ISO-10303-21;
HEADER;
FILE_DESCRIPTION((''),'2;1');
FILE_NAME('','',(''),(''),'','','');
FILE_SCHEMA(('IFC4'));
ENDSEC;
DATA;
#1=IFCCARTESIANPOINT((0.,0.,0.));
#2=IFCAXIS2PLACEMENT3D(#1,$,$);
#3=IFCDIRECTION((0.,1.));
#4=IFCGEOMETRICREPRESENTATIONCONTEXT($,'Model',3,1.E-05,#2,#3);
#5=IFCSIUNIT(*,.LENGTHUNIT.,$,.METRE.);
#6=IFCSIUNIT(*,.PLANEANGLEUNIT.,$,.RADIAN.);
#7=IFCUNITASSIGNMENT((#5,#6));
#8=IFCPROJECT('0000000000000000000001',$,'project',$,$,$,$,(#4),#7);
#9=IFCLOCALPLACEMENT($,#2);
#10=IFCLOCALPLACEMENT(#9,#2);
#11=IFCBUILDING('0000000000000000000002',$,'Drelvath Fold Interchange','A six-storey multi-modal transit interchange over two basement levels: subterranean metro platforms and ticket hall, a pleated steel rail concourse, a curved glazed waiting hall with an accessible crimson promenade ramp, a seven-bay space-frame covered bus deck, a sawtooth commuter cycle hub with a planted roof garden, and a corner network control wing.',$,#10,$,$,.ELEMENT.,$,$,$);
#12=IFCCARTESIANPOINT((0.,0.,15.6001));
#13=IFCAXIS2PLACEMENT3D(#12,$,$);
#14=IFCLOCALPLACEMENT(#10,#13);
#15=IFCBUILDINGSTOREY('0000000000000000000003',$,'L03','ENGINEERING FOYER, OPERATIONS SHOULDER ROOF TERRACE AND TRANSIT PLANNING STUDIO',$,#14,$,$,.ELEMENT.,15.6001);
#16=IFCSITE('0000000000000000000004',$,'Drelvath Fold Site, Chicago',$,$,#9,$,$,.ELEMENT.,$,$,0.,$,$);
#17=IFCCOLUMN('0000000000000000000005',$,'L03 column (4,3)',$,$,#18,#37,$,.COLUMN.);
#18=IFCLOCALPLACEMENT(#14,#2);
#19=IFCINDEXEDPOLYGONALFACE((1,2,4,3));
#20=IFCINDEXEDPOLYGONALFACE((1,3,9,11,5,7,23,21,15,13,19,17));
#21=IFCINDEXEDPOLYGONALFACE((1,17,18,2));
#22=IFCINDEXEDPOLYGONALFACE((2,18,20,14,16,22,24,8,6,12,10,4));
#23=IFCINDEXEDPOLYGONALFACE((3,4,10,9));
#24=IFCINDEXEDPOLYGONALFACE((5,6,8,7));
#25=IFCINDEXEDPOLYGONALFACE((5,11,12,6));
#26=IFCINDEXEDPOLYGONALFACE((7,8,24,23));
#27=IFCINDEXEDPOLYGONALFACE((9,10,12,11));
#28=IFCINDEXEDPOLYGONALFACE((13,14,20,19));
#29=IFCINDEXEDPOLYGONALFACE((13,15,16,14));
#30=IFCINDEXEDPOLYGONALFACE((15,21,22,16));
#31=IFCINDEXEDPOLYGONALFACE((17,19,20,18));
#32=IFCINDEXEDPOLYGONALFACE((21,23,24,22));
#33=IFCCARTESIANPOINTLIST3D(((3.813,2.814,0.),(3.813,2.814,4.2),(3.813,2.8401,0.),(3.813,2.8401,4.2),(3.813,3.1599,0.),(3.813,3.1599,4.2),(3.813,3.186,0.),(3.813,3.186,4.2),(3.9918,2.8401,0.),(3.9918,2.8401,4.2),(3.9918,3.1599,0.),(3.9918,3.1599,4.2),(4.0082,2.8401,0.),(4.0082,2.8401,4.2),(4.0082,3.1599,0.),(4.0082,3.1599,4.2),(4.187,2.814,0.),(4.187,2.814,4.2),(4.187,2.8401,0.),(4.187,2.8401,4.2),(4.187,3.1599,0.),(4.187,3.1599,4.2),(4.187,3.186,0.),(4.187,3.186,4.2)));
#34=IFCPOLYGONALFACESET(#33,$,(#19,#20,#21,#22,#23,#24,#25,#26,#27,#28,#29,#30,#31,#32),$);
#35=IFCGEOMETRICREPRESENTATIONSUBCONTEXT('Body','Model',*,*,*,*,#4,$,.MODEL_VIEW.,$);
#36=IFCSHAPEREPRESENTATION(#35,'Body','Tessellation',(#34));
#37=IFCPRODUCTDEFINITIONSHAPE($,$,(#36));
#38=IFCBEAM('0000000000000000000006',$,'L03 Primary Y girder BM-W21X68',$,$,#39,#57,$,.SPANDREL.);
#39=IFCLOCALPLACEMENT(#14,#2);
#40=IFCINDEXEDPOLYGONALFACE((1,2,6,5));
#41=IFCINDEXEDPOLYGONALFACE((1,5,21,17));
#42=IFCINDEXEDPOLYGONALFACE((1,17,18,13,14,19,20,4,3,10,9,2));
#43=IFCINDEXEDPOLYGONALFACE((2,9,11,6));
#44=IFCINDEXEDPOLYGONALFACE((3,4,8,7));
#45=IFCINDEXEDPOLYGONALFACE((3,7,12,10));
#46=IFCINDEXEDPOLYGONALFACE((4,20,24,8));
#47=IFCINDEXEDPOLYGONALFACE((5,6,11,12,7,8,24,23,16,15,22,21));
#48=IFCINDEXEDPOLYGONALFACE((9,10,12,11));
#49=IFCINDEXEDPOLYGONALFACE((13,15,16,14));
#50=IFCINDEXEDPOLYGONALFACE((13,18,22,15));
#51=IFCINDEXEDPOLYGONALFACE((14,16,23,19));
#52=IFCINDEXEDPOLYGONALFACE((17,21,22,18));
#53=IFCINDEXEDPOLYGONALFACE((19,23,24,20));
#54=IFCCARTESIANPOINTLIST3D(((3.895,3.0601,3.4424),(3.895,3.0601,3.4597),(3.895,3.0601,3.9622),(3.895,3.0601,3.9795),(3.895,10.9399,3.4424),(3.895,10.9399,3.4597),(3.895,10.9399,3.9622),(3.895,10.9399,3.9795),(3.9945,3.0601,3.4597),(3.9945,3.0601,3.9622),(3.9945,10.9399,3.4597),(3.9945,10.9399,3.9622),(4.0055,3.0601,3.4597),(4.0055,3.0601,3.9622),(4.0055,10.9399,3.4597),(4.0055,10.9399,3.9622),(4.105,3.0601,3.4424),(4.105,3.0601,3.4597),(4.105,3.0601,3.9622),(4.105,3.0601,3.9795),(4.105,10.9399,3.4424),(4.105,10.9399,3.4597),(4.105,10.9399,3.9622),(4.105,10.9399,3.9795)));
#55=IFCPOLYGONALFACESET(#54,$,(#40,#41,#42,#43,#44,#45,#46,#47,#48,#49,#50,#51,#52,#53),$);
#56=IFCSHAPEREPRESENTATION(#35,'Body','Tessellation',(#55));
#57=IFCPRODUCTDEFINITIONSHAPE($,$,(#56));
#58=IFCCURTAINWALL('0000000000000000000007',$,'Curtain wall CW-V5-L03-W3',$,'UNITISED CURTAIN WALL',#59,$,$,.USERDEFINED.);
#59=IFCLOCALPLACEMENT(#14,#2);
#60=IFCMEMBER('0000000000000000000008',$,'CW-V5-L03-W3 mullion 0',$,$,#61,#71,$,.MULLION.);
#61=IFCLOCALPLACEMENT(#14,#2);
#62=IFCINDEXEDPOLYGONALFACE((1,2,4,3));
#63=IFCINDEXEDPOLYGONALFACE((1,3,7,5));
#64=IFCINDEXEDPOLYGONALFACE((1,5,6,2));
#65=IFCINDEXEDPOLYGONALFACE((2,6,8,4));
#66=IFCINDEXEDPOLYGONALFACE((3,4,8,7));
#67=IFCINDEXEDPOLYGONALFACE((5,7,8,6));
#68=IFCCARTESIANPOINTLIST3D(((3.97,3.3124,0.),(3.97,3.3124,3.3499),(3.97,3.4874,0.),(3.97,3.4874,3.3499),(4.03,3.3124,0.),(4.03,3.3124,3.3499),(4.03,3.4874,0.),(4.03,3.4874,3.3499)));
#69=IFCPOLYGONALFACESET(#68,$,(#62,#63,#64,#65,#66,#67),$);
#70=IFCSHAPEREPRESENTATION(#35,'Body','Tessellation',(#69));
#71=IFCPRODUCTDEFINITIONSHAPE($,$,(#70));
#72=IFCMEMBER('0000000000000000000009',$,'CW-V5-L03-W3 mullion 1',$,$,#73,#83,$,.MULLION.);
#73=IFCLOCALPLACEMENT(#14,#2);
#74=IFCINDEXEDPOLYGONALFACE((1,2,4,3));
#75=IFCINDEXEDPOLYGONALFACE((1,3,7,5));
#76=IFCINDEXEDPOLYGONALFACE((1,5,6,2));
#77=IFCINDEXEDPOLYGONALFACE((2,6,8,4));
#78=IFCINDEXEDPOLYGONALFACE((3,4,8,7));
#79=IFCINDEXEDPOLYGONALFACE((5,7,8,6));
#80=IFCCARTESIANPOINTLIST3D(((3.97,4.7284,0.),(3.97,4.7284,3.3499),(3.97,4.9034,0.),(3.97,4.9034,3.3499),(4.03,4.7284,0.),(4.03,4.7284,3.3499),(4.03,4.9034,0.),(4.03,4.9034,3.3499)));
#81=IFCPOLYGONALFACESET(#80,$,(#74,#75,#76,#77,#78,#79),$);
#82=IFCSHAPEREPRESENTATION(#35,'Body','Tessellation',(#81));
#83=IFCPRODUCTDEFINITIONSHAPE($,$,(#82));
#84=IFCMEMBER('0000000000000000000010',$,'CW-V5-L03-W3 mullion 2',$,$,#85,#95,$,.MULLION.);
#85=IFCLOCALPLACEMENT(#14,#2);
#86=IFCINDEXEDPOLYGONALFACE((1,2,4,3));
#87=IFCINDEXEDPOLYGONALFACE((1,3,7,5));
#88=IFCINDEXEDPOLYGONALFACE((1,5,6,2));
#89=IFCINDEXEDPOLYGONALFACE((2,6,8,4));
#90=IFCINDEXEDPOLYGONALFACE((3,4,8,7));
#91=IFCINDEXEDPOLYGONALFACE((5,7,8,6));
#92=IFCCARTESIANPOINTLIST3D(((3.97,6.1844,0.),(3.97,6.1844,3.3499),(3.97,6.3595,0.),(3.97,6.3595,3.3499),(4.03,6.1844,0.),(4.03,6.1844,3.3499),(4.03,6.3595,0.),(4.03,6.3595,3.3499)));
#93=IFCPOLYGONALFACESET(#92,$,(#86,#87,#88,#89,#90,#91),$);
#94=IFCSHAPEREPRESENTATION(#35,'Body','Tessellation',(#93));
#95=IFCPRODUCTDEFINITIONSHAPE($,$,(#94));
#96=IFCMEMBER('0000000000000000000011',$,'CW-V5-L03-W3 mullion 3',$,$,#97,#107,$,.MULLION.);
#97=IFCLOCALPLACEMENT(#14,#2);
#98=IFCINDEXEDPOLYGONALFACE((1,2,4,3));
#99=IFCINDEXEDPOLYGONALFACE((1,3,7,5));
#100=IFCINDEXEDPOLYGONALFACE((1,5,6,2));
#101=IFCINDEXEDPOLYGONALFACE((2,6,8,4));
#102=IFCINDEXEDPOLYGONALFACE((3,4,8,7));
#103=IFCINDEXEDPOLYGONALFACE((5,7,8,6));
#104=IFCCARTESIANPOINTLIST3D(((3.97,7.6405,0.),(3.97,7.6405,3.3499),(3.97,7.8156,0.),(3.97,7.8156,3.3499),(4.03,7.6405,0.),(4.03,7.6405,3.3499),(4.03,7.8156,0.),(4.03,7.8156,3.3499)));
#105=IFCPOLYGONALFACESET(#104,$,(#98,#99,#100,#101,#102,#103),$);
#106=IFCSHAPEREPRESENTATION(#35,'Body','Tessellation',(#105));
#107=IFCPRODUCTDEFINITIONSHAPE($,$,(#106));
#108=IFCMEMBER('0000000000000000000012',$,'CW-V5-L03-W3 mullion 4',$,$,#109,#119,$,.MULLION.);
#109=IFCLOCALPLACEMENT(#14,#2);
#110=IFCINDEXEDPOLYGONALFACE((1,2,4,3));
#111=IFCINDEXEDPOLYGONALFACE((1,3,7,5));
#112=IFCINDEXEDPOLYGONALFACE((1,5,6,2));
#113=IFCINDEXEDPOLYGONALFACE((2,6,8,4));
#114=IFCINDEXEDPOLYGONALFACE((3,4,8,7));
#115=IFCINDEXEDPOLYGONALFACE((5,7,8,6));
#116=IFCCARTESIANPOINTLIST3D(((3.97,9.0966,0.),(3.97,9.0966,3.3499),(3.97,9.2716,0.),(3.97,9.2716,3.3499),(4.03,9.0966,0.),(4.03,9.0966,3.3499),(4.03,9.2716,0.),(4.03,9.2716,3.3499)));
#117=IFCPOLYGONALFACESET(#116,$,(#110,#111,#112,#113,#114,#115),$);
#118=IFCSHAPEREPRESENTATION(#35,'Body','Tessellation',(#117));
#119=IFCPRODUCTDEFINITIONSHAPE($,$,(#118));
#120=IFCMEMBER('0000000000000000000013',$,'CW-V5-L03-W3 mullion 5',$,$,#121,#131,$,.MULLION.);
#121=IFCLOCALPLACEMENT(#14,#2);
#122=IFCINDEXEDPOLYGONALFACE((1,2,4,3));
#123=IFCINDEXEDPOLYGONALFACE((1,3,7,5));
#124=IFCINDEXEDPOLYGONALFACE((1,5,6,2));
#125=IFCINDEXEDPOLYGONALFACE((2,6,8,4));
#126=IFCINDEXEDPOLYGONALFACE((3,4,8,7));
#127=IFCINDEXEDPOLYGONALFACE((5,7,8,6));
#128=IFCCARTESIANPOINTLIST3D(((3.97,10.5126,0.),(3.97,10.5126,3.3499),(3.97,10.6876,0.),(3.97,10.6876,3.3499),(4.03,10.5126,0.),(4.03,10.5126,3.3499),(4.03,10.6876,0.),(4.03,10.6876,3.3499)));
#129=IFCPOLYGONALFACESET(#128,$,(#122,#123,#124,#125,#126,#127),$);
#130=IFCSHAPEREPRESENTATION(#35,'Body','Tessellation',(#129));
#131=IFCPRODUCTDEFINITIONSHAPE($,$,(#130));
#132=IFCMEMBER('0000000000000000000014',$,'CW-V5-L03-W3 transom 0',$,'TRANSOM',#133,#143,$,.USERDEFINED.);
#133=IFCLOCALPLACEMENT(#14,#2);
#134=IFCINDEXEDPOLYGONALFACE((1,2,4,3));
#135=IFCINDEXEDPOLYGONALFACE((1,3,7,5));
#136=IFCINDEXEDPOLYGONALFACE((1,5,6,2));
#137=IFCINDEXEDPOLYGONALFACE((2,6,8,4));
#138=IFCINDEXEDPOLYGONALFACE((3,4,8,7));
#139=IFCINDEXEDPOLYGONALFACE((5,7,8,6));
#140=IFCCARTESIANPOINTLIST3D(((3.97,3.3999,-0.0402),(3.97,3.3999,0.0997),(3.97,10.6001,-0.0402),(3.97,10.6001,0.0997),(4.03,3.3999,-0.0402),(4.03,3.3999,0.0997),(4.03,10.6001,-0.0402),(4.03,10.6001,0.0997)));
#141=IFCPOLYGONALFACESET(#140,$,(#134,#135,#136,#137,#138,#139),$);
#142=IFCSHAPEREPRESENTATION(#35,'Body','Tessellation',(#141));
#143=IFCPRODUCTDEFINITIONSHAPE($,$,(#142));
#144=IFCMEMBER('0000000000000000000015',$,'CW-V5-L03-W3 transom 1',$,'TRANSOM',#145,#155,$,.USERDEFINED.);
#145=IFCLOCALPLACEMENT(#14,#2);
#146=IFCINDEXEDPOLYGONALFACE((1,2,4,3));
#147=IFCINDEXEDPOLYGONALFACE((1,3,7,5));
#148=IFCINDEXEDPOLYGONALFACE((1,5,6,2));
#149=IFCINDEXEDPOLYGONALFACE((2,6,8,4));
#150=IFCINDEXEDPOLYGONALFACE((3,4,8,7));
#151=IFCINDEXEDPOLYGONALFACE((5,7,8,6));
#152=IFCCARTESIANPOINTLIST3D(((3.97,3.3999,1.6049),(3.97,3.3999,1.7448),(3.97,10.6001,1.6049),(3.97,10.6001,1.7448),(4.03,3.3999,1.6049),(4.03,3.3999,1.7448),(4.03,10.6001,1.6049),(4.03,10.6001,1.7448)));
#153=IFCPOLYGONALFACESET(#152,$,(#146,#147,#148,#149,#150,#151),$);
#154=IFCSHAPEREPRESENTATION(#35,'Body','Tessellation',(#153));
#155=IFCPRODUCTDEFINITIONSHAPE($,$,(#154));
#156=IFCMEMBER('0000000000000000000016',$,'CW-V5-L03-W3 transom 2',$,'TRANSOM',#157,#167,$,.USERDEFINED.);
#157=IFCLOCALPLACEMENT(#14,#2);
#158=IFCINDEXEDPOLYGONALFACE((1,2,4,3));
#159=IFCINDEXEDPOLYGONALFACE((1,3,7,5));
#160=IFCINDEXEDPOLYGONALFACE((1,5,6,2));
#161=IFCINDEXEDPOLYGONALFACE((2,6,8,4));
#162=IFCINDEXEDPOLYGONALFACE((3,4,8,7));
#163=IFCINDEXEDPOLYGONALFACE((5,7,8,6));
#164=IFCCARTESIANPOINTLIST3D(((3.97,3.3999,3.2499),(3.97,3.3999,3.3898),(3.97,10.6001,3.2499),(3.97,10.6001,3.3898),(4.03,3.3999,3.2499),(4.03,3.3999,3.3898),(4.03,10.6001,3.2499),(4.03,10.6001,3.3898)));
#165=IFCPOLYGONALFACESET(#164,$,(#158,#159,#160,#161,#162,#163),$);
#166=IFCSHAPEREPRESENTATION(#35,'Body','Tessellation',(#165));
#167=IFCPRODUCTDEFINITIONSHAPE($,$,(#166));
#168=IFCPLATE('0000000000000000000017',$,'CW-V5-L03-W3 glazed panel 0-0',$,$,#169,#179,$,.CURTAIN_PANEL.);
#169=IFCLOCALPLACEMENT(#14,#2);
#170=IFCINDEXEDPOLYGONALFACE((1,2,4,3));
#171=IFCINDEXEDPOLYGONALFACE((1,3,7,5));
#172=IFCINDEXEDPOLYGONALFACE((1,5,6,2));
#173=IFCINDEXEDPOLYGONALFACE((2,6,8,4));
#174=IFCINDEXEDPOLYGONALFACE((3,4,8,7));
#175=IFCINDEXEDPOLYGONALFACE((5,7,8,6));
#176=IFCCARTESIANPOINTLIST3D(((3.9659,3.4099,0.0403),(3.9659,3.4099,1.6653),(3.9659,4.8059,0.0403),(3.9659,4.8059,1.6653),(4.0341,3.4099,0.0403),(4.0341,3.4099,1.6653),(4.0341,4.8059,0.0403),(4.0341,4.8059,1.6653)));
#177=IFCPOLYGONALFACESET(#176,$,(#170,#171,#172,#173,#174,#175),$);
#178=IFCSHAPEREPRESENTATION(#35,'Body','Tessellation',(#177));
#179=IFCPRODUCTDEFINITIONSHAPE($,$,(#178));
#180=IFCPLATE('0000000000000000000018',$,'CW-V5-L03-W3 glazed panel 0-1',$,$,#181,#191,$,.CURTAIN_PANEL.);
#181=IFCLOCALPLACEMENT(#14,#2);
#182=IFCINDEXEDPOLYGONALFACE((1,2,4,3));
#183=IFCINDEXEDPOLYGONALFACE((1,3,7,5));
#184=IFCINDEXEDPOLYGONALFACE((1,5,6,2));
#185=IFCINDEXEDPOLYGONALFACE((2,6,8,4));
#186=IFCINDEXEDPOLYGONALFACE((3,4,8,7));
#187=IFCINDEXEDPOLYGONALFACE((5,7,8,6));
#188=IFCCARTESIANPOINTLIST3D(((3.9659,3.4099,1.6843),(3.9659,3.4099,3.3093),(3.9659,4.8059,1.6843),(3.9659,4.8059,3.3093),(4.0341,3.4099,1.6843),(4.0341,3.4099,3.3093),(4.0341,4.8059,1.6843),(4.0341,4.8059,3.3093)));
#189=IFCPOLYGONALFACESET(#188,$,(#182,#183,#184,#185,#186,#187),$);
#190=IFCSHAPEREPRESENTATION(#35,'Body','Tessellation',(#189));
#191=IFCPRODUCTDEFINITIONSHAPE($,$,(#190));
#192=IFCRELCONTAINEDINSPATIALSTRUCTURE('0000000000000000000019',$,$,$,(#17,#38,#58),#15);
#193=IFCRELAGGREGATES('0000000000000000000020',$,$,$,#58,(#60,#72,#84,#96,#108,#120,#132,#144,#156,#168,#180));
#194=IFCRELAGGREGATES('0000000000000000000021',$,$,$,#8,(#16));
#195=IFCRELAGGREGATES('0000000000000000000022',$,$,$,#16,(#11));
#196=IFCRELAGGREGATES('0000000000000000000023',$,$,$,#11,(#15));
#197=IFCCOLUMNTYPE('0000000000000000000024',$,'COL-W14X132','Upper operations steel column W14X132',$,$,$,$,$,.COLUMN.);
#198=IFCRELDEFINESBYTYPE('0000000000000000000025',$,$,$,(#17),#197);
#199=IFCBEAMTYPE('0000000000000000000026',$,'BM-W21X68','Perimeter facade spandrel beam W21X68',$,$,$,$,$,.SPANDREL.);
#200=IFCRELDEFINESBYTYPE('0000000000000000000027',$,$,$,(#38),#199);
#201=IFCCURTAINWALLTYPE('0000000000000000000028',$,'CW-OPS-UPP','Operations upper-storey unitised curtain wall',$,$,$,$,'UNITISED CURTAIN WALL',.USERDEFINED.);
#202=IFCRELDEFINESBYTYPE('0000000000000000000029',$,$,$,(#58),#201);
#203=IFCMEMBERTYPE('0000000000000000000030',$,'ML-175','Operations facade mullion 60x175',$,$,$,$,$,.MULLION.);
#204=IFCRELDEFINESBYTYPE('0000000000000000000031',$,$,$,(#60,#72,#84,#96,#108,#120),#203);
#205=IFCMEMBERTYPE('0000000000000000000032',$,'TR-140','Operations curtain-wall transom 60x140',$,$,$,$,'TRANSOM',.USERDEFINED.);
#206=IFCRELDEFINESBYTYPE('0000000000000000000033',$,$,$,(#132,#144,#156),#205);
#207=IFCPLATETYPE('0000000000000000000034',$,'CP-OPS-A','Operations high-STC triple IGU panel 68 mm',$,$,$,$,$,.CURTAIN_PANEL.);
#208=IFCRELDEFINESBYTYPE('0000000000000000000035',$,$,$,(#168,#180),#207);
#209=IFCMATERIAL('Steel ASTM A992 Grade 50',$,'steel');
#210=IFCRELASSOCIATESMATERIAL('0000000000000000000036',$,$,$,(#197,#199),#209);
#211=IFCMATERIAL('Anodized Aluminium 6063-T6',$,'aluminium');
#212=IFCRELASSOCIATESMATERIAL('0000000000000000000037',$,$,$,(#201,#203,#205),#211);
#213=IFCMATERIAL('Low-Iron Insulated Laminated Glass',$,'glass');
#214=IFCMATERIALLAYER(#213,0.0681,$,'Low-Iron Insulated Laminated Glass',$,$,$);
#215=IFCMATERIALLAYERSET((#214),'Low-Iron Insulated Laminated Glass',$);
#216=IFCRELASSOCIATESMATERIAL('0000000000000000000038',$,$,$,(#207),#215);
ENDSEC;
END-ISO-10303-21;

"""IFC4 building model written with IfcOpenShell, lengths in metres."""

from ifc_helpers import new_model, si_unit, direction, frame, origin, origin_2d, place, context, subcontext, project, spatial, rectangle, i_section, extrude, material, layer, layer_set, material_profile, profile_set, type_object, element, aggregate, save


model = new_model("IFC4")

# Units and contexts
model_context = context("Model", 3, precision=1e-05, world=origin(), true_north=direction((0.0, 1.0)))
body_context = subcontext(model_context, "Body", "Model", "MODEL_VIEW")
ifc_project = project(units=[si_unit("LENGTHUNIT", "METRE"), si_unit("PLANEANGLEUNIT", "RADIAN")], contexts=[model_context])

# Site, building, storey
site_placement = place(None, origin())
site = spatial("IfcSite", under=ifc_project, at=site_placement, Name="Drelvath Fold Site, Chicago", CompositionType="ELEMENT", RefElevation=0.0)
building_placement = place(site_placement, origin())
building = spatial("IfcBuilding", under=site, at=building_placement, Name="Drelvath Fold Interchange", Description="A six-storey multi-modal transit interchange over two basement levels: subterranean metro platforms and ticket hall, a pleated steel rail concourse, a curved glazed waiting hall with an accessible crimson promenade ramp, a seven-bay space-frame covered bus deck, a sawtooth commuter cycle hub with a planted roof garden, and a corner network control wing.", CompositionType="ELEMENT")
storey_placement = place(building_placement, frame((0.0, 0.0, 15.6001)))
storey = spatial("IfcBuildingStorey", under=building, at=storey_placement, Name="L03", Description="ENGINEERING FOYER, OPERATIONS SHOULDER ROOF TERRACE AND TRANSIT PLANNING STUDIO", CompositionType="ELEMENT", Elevation=15.6001)

# Column
ifc_material_1 = material(Name="Steel ASTM A992 Grade 50", Category="steel")
ifc_material_profile_1 = material_profile(ifc_material_1, i_section(OverallWidth=0.374, OverallDepth=0.3721, WebThickness=0.0164, FlangeThickness=0.0261, at=origin_2d()), Name="W14X132")
ifc_profile_set_1 = profile_set([ifc_material_profile_1], Name="Steel ASTM A992 Grade 50")
column_type = type_object("IfcColumnType", Name="COL-W14X132", Description="Upper operations steel column W14X132", PredefinedType="COLUMN", material=ifc_profile_set_1)
column_placement = place(storey_placement, frame((4.0, 3.0, 0.0), z_axis=(0.0, 0.0, 1.0), x_axis=(1.0, 0.0, 0.0)))
element("IfcColumn", 1, at=column_placement, inside=storey, type_object=column_type, Name="L03 column (4,3)", PredefinedType="COLUMN", context=body_context, shape_type="SweptSolid", body=[
    extrude(i_section(OverallWidth=0.374, OverallDepth=0.3721, WebThickness=0.0164, FlangeThickness=0.0261, at=origin_2d()), origin(), (0.0, 0.0, 1.0), 4.2),
])

# Beam
ifc_material_profile_2 = material_profile(ifc_material_1, i_section(OverallWidth=0.21, OverallDepth=0.5371, WebThickness=0.011, FlangeThickness=0.0173, at=origin_2d()), Name="W21X68")
ifc_profile_set_2 = profile_set([ifc_material_profile_2], Name="Steel ASTM A992 Grade 50")
beam_type = type_object("IfcBeamType", Name="BM-W21X68", Description="Perimeter facade spandrel beam W21X68", PredefinedType="SPANDREL", material=ifc_profile_set_2)
beam_placement = place(storey_placement, frame((4.0, 3.0601, 3.7109), z_axis=(0.0, 1.0, 0.0), x_axis=(-1.0, 0.0, 0.0)))
element("IfcBeam", 2, at=beam_placement, inside=storey, type_object=beam_type, Name="L03 Primary Y girder BM-W21X68", PredefinedType="SPANDREL", context=body_context, shape_type="SweptSolid", body=[
    extrude(i_section(OverallWidth=0.21, OverallDepth=0.5371, WebThickness=0.011, FlangeThickness=0.0173, at=origin_2d()), origin(), (0.0, 0.0, 1.0), 7.8799),
])

# Curtain wall, members, plates
ifc_material_2 = material(Name="Anodized Aluminium 6063-T6", Category="aluminium")
curtain_wall_type = type_object("IfcCurtainWallType", Name="CW-OPS-UPP", Description="Operations upper-storey unitised curtain wall", ElementType="UNITISED CURTAIN WALL", PredefinedType="USERDEFINED", material=ifc_material_2)
curtain_wall_placement = place(storey_placement, origin())
curtain_wall = element("IfcCurtainWall", 3, at=curtain_wall_placement, inside=storey, type_object=curtain_wall_type, Name="Curtain wall CW-V5-L03-W3", ObjectType="UNITISED CURTAIN WALL", PredefinedType="USERDEFINED")
ifc_material_profile_3 = material_profile(ifc_material_2, rectangle(XDim=0.0601, YDim=0.175, at=origin_2d()), Name="AL-M 60x175")
ifc_profile_set_3 = profile_set([ifc_material_profile_3], Name="Anodized Aluminium 6063-T6")
member_type_1 = type_object("IfcMemberType", Name="ML-175", Description="Operations facade mullion 60x175", PredefinedType="MULLION", material=ifc_profile_set_3)
member_1_placement = place(storey_placement, frame((4.0, 3.3999, 0.0), z_axis=(0.0, 0.0, 1.0), x_axis=(1.0, 0.0, 0.0)))
member_1 = element("IfcMember", 4, at=member_1_placement, type_object=member_type_1, Name="CW-V5-L03-W3 mullion 0", PredefinedType="MULLION", context=body_context, shape_type="SweptSolid", body=[
    extrude(rectangle(XDim=0.0601, YDim=0.175, at=origin_2d()), origin(), (0.0, 0.0, 1.0), 3.3499),
])
member_2_placement = place(storey_placement, frame((4.0, 4.8159, 0.0), z_axis=(0.0, 0.0, 1.0), x_axis=(1.0, 0.0, 0.0)))
member_2 = element("IfcMember", 5, at=member_2_placement, type_object=member_type_1, Name="CW-V5-L03-W3 mullion 1", PredefinedType="MULLION", context=body_context, shape_type="SweptSolid", body=[
    extrude(rectangle(XDim=0.0601, YDim=0.175, at=origin_2d()), origin(), (0.0, 0.0, 1.0), 3.3499),
])
member_3_placement = place(storey_placement, frame((4.0, 6.272, 0.0), z_axis=(0.0, 0.0, 1.0), x_axis=(1.0, 0.0, 0.0)))
member_3 = element("IfcMember", 6, at=member_3_placement, type_object=member_type_1, Name="CW-V5-L03-W3 mullion 2", PredefinedType="MULLION", context=body_context, shape_type="SweptSolid", body=[
    extrude(rectangle(XDim=0.0601, YDim=0.175, at=origin_2d()), origin(), (0.0, 0.0, 1.0), 3.3499),
])
member_4_placement = place(storey_placement, frame((4.0, 7.728, 0.0), z_axis=(0.0, 0.0, 1.0), x_axis=(1.0, 0.0, 0.0)))
member_4 = element("IfcMember", 7, at=member_4_placement, type_object=member_type_1, Name="CW-V5-L03-W3 mullion 3", PredefinedType="MULLION", context=body_context, shape_type="SweptSolid", body=[
    extrude(rectangle(XDim=0.0601, YDim=0.175, at=origin_2d()), origin(), (0.0, 0.0, 1.0), 3.3499),
])
member_5_placement = place(storey_placement, frame((4.0, 9.1841, 0.0), z_axis=(0.0, 0.0, 1.0), x_axis=(1.0, 0.0, 0.0)))
member_5 = element("IfcMember", 8, at=member_5_placement, type_object=member_type_1, Name="CW-V5-L03-W3 mullion 4", PredefinedType="MULLION", context=body_context, shape_type="SweptSolid", body=[
    extrude(rectangle(XDim=0.0601, YDim=0.175, at=origin_2d()), origin(), (0.0, 0.0, 1.0), 3.3499),
])
member_6_placement = place(storey_placement, frame((4.0, 10.6001, 0.0), z_axis=(0.0, 0.0, 1.0), x_axis=(1.0, 0.0, 0.0)))
member_6 = element("IfcMember", 9, at=member_6_placement, type_object=member_type_1, Name="CW-V5-L03-W3 mullion 5", PredefinedType="MULLION", context=body_context, shape_type="SweptSolid", body=[
    extrude(rectangle(XDim=0.0601, YDim=0.175, at=origin_2d()), origin(), (0.0, 0.0, 1.0), 3.3499),
])
ifc_material_profile_4 = material_profile(ifc_material_2, rectangle(XDim=0.0601, YDim=0.1399, at=origin_2d()), Name="AL-T 60x140")
ifc_profile_set_4 = profile_set([ifc_material_profile_4], Name="Anodized Aluminium 6063-T6")
member_type_2 = type_object("IfcMemberType", Name="TR-140", Description="Operations curtain-wall transom 60x140", ElementType="TRANSOM", PredefinedType="USERDEFINED", material=ifc_profile_set_4)
member_7_placement = place(storey_placement, frame((4.0, 3.3999, 0.0298), z_axis=(0.0, 1.0, 0.0), x_axis=(-1.0, 0.0, 0.0)))
member_7 = element("IfcMember", 10, at=member_7_placement, type_object=member_type_2, Name="CW-V5-L03-W3 transom 0", ObjectType="TRANSOM", PredefinedType="USERDEFINED", context=body_context, shape_type="SweptSolid", body=[
    extrude(rectangle(XDim=0.0601, YDim=0.1399, at=origin_2d()), origin(), (0.0, 0.0, 1.0), 7.2002),
])
member_8_placement = place(storey_placement, frame((4.0, 3.3999, 1.6748), z_axis=(0.0, 1.0, 0.0), x_axis=(-1.0, 0.0, 0.0)))
member_8 = element("IfcMember", 11, at=member_8_placement, type_object=member_type_2, Name="CW-V5-L03-W3 transom 1", ObjectType="TRANSOM", PredefinedType="USERDEFINED", context=body_context, shape_type="SweptSolid", body=[
    extrude(rectangle(XDim=0.0601, YDim=0.1399, at=origin_2d()), origin(), (0.0, 0.0, 1.0), 7.2002),
])
member_9_placement = place(storey_placement, frame((4.0, 3.3999, 3.3198), z_axis=(0.0, 1.0, 0.0), x_axis=(-1.0, 0.0, 0.0)))
member_9 = element("IfcMember", 12, at=member_9_placement, type_object=member_type_2, Name="CW-V5-L03-W3 transom 2", ObjectType="TRANSOM", PredefinedType="USERDEFINED", context=body_context, shape_type="SweptSolid", body=[
    extrude(rectangle(XDim=0.0601, YDim=0.1399, at=origin_2d()), origin(), (0.0, 0.0, 1.0), 7.2002),
])
ifc_material_3 = material(Name="Low-Iron Insulated Laminated Glass", Category="glass")
ifc_layer_1 = layer(ifc_material_3, 0.0681, Name="Low-Iron Insulated Laminated Glass")
ifc_layer_set_1 = layer_set([ifc_layer_1], Name="Low-Iron Insulated Laminated Glass")
plate_type = type_object("IfcPlateType", Name="CP-OPS-A", Description="Operations high-STC triple IGU panel 68 mm", PredefinedType="CURTAIN_PANEL", material=ifc_layer_set_1)
plate_1_placement = place(storey_placement, frame((4.0, 4.1079, 0.0403), z_axis=(0.0, 0.0, 1.0), x_axis=(0.0, 1.0, 0.0)))
plate_1 = element("IfcPlate", 13, at=plate_1_placement, type_object=plate_type, Name="CW-V5-L03-W3 glazed panel 0-0", PredefinedType="CURTAIN_PANEL", context=body_context, shape_type="SweptSolid", body=[
    extrude(rectangle(XDim=1.396, YDim=0.0681, at=origin_2d()), origin(), (0.0, 0.0, 1.0), 1.625),
])
plate_2_placement = place(storey_placement, frame((4.0, 4.1079, 1.6843), z_axis=(0.0, 0.0, 1.0), x_axis=(0.0, 1.0, 0.0)))
plate_2 = element("IfcPlate", 14, at=plate_2_placement, type_object=plate_type, Name="CW-V5-L03-W3 glazed panel 0-1", PredefinedType="CURTAIN_PANEL", context=body_context, shape_type="SweptSolid", body=[
    extrude(rectangle(XDim=1.396, YDim=0.0681, at=origin_2d()), origin(), (0.0, 0.0, 1.0), 1.625),
])
aggregate(curtain_wall, [member_1, member_2, member_3, member_4, member_5, member_6, member_7, member_8, member_9, plate_1, plate_2])

save(model, "model.ifc")
